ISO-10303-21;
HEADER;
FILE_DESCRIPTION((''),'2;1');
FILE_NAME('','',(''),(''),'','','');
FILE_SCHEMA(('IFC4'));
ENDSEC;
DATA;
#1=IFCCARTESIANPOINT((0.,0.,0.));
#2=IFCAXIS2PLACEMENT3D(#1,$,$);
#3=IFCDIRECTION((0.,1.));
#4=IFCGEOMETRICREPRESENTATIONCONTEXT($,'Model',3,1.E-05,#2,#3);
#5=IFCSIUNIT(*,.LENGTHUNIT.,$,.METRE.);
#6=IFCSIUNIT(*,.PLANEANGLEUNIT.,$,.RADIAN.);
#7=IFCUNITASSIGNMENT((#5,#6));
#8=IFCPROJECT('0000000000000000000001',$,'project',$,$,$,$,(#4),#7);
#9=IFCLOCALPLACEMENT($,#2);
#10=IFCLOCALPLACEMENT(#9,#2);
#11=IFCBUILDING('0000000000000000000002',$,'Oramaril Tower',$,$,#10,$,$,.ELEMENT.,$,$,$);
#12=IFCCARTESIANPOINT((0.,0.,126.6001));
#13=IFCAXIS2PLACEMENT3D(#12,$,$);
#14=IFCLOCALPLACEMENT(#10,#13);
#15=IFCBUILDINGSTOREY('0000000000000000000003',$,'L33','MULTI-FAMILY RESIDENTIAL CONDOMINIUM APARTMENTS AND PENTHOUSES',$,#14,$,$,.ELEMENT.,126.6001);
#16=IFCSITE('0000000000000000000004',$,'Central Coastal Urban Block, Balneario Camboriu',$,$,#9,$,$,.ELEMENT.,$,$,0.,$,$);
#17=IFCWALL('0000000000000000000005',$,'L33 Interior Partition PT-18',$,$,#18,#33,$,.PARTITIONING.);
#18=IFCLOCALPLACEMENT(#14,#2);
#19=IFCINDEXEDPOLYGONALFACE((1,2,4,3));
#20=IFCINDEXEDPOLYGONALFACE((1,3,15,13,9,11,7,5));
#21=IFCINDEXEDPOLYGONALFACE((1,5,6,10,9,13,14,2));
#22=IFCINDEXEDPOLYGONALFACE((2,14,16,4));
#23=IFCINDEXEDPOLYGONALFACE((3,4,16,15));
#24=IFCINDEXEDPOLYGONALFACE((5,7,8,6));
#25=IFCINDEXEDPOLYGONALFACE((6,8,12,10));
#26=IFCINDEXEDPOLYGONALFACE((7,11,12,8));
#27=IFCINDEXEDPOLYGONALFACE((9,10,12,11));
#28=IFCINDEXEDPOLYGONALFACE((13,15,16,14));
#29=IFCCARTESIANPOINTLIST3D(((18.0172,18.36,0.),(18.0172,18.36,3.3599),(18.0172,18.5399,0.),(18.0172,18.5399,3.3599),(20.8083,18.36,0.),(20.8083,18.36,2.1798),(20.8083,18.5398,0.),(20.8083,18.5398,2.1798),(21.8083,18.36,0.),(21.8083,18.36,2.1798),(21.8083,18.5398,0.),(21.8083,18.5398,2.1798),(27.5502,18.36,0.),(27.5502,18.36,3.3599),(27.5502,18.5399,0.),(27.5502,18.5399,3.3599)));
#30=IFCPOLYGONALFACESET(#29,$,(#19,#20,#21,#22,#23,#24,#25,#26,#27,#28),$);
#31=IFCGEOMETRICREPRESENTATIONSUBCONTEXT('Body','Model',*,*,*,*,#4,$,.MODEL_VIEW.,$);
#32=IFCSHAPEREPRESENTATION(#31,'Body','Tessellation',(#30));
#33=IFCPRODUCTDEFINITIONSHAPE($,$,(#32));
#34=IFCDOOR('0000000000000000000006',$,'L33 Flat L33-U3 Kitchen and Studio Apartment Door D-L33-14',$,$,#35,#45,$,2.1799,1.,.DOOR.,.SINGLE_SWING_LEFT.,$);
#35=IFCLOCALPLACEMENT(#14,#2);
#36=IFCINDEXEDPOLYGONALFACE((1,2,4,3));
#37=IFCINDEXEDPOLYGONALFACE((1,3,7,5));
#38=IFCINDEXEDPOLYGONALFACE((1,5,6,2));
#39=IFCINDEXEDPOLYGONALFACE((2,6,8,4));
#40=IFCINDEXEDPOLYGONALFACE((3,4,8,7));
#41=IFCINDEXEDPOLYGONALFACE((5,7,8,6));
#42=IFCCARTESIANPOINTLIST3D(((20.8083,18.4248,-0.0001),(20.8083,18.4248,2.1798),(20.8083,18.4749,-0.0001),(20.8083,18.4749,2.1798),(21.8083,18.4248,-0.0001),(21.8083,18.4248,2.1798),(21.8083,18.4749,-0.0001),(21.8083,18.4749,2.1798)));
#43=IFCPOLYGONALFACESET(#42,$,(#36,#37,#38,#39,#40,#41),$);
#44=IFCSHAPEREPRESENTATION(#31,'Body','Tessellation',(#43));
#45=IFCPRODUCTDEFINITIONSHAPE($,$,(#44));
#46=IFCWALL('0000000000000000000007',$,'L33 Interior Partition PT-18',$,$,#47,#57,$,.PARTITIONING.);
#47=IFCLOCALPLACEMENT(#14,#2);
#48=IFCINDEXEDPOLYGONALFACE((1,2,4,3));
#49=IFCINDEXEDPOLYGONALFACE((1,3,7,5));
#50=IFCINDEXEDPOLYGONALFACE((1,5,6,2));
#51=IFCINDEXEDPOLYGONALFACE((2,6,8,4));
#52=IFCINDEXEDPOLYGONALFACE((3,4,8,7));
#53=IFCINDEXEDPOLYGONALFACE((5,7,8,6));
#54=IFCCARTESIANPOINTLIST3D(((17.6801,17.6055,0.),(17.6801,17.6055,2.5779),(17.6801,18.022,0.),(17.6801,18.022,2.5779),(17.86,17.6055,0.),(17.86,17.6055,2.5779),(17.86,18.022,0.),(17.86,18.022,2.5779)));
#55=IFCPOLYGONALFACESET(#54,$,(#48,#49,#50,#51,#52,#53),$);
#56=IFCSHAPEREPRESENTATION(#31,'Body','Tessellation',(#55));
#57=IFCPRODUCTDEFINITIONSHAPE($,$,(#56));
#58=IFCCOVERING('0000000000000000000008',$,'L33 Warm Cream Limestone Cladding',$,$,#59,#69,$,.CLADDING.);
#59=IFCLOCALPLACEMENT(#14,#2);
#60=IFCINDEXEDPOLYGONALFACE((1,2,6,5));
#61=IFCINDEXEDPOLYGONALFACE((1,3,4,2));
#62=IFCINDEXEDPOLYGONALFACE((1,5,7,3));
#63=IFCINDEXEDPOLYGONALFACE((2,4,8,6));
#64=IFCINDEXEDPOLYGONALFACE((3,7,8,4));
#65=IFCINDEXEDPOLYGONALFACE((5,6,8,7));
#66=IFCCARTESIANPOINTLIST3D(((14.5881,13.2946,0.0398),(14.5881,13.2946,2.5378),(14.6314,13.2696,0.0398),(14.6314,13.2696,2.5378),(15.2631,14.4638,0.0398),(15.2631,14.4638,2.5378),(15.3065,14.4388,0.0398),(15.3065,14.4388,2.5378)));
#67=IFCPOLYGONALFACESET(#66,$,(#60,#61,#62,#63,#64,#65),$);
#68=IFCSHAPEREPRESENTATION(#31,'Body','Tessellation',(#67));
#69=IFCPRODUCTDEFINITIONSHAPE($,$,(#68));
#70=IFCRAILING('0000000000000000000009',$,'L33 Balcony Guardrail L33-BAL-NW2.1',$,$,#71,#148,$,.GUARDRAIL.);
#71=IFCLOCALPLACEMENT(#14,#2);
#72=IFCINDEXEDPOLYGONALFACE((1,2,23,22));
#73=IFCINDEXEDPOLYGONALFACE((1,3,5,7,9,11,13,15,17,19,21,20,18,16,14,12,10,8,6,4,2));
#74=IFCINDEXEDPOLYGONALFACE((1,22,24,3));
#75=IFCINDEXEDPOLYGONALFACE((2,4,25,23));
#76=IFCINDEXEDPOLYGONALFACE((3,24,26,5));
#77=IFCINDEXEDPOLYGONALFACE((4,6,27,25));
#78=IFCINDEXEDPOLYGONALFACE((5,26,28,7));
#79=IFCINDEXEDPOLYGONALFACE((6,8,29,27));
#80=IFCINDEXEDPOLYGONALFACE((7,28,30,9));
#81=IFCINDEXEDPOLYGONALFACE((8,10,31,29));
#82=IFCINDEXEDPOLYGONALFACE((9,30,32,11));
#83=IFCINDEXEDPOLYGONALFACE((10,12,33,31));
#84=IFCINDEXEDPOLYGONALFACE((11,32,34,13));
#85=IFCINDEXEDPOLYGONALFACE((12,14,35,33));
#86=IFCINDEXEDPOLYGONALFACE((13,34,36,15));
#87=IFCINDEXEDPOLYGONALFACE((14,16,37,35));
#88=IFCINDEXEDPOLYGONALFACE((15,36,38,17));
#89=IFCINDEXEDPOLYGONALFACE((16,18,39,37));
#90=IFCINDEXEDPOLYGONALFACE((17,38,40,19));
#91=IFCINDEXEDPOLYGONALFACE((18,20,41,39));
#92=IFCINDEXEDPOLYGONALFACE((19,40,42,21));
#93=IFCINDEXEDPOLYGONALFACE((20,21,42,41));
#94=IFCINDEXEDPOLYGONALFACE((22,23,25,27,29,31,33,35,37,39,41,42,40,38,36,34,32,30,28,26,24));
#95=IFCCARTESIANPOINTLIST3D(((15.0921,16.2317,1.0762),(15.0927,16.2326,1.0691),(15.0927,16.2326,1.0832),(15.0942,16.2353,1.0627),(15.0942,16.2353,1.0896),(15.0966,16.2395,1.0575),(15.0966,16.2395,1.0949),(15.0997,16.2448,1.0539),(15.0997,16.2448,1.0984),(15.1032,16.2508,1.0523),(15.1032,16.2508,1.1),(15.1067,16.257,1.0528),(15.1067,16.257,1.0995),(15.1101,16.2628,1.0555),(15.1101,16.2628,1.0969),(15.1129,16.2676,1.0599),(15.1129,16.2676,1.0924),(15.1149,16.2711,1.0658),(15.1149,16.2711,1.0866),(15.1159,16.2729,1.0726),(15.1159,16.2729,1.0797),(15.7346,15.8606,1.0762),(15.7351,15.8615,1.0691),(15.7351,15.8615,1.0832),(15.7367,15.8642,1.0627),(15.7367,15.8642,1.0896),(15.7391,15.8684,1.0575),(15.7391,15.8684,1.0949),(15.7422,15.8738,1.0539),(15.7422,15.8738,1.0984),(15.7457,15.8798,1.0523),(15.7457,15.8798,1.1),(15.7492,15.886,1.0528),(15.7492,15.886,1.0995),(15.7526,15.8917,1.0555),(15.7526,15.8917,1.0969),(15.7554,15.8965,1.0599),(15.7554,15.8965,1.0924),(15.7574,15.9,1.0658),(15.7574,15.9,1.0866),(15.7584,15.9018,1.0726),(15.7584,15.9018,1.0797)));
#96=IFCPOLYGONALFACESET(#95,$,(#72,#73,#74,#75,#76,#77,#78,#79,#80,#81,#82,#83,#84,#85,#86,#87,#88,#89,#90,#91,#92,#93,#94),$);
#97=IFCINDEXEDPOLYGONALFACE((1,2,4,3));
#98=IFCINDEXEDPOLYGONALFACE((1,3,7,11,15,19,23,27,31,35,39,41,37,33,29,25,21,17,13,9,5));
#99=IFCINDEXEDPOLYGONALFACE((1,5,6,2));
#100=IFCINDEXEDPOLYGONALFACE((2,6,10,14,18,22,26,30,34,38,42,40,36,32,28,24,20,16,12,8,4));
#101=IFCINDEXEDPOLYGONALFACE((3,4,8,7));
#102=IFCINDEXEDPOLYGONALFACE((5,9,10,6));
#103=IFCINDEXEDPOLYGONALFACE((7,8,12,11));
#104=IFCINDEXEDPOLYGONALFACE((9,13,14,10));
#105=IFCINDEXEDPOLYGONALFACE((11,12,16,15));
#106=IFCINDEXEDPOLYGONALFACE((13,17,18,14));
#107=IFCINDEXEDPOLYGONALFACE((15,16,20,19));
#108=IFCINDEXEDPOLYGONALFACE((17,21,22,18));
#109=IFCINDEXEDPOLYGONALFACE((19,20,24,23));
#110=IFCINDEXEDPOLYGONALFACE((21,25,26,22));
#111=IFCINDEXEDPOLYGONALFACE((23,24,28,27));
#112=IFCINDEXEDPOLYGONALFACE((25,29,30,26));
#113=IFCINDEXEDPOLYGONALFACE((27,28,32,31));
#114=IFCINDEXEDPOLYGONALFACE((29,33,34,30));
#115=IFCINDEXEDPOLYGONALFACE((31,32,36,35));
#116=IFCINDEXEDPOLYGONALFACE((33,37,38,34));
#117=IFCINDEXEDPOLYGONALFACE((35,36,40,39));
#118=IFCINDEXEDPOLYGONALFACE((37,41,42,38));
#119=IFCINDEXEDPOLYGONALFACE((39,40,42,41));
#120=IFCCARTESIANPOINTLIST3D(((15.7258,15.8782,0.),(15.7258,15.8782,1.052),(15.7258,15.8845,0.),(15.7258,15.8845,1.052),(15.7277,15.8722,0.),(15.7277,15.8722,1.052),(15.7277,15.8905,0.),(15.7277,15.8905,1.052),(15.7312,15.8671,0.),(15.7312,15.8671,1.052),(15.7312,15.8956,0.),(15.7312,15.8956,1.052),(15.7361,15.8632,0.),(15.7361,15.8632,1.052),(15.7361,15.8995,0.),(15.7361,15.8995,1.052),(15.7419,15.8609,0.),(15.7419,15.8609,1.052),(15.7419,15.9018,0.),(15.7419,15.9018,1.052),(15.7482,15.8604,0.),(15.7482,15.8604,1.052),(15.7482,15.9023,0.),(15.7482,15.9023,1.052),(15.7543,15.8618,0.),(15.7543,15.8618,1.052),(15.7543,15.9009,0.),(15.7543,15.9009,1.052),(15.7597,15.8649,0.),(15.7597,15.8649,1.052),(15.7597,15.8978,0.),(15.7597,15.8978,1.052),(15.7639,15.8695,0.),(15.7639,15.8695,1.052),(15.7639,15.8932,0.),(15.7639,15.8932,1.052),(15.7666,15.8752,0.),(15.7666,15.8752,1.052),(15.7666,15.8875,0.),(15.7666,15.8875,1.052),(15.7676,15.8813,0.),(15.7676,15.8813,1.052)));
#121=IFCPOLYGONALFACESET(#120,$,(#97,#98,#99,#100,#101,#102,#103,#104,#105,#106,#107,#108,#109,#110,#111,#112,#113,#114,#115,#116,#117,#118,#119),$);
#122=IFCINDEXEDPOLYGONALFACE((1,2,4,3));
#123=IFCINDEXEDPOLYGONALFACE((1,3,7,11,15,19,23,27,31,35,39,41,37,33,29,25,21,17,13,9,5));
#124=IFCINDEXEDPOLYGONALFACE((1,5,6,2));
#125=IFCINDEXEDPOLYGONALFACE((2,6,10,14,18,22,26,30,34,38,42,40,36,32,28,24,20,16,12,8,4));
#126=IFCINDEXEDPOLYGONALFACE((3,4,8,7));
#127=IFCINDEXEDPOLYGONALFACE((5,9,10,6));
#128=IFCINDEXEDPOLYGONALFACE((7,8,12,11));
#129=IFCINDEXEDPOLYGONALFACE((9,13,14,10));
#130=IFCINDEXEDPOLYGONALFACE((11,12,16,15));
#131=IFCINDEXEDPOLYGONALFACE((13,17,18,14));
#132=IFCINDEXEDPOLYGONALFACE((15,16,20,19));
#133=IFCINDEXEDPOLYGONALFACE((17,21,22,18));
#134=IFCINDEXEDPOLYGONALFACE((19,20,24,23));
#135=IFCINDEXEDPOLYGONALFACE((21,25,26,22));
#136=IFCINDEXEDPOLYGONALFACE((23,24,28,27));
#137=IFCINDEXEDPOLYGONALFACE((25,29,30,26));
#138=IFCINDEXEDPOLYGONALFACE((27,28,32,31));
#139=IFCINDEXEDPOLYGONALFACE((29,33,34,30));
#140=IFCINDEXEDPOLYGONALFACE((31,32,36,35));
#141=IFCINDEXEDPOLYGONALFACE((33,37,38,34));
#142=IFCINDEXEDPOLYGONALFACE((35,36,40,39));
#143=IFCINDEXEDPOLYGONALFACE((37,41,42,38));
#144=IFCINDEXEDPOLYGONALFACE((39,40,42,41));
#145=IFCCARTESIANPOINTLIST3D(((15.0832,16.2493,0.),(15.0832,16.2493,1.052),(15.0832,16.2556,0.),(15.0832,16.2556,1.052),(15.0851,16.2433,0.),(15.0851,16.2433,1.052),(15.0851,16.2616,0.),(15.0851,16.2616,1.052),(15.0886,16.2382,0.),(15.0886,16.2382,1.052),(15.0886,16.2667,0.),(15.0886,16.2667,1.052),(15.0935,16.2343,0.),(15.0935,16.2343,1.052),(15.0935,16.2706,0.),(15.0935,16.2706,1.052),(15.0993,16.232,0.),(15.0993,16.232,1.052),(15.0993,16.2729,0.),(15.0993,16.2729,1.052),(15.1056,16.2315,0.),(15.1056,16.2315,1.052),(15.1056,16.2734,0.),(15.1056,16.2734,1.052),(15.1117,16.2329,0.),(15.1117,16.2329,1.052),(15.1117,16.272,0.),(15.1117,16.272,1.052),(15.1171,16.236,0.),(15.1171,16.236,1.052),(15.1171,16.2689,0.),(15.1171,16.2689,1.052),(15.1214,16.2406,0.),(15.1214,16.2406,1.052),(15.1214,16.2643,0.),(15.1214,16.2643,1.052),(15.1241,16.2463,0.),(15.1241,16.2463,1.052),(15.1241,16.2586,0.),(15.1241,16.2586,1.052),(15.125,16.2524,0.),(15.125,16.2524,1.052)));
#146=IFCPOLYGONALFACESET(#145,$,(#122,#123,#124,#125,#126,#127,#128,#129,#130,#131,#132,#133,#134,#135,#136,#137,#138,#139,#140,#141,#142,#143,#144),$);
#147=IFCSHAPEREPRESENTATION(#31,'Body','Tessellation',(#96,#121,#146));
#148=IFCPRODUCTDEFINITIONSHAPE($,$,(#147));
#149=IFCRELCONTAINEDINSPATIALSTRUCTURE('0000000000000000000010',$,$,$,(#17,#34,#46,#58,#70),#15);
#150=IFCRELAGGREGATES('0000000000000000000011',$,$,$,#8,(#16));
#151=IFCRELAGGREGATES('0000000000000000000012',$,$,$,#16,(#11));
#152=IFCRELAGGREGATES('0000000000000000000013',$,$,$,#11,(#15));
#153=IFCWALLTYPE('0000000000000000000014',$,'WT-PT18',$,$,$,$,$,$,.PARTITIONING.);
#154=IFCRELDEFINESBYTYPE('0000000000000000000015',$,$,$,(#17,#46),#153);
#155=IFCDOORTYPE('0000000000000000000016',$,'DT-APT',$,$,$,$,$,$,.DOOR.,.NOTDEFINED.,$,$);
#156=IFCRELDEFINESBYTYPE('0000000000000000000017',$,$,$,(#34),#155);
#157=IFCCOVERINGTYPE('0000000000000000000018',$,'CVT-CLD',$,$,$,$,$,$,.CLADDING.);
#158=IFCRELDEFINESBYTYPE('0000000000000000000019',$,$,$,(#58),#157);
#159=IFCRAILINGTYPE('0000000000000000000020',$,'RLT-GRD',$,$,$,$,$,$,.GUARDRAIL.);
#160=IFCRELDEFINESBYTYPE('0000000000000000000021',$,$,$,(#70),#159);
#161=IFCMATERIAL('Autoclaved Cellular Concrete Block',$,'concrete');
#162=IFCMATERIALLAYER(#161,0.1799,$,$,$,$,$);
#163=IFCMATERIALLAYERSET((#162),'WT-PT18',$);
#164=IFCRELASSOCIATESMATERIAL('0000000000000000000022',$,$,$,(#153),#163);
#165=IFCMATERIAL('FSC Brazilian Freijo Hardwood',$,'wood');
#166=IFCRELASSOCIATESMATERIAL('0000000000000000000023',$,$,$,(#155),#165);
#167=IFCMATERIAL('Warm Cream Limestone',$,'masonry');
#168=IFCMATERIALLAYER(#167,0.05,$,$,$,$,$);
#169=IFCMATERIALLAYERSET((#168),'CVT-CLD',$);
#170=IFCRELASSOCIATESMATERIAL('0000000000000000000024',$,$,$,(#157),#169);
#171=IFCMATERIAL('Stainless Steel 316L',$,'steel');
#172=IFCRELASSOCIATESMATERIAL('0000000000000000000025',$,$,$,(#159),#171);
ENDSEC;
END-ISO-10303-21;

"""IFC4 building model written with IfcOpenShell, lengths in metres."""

from ifc_helpers import new_model, si_unit, direction, frame, frame_2d, origin, origin_2d, place, context, subcontext, project, spatial, rectangle, circle, extrude, material, layer, layer_set, type_object, element, fill, save


model = new_model("IFC4")

# Units and contexts
model_context = context("Model", 3, precision=1e-05, world=origin(), true_north=direction((0.0, 1.0)))
body_context = subcontext(model_context, "Body", "Model", "MODEL_VIEW")
ifc_project = project(units=[si_unit("LENGTHUNIT", "METRE"), si_unit("PLANEANGLEUNIT", "RADIAN")], contexts=[model_context])

# Site, building, storey
site_placement = place(None, origin())
site = spatial("IfcSite", under=ifc_project, at=site_placement, Name="Central Coastal Urban Block, Balneario Camboriu", CompositionType="ELEMENT", RefElevation=0.0)
building_placement = place(site_placement, origin())
building = spatial("IfcBuilding", under=site, at=building_placement, Name="Oramaril Tower", CompositionType="ELEMENT")
storey_placement = place(building_placement, frame((0.0, 0.0, 126.6001)))
storey = spatial("IfcBuildingStorey", under=building, at=storey_placement, Name="L33", Description="MULTI-FAMILY RESIDENTIAL CONDOMINIUM APARTMENTS AND PENTHOUSES", CompositionType="ELEMENT", Elevation=126.6001)

# Shared definitions
ifc_material_1 = material(Name="Autoclaved Cellular Concrete Block", Category="concrete")
ifc_layer_1 = layer(ifc_material_1, 0.1799)
ifc_layer_set_1 = layer_set([ifc_layer_1], Name="WT-PT18")
wall_type_1 = type_object("IfcWallType", Name="WT-PT18", PredefinedType="PARTITIONING", material=ifc_layer_set_1)

# Wall, opening, door
wall_1_placement = place(storey_placement, frame((18.0171, 18.45, 0.0), z_axis=(0.0, 0.0, 1.0), x_axis=(1.0, 0.0, 0.0)))
wall_1 = element("IfcWall", 1, at=wall_1_placement, inside=storey, type_object=wall_type_1, Name="L33 Interior Partition PT-18", PredefinedType="PARTITIONING", context=body_context, shape_type="SweptSolid", body=[
    extrude(rectangle(XDim=9.533, YDim=0.1799, at=frame_2d((4.7666, 0.0))), origin(), (0.0, 0.0, 1.0), 3.3599),
])
opening_placement = place(wall_1_placement, frame((2.7913, 0.0, 0.0)))
opening = element("IfcOpeningElement", 2, at=opening_placement, cuts=wall_1, PredefinedType="OPENING", context=body_context, shape_type="SweptSolid", body=[
    extrude(rectangle(XDim=1.0, YDim=2.1799, at=frame_2d((0.5, 1.0898))), frame((0.0, 0.0898, 0.0), z_axis=(0.0, -1.0, 0.0), x_axis=(1.0, 0.0, 0.0)), (0.0, 0.0, 1.0), 0.1799),
])
ifc_material_2 = material(Name="FSC Brazilian Freijo Hardwood", Category="wood")
door_type = type_object("IfcDoorType", Name="DT-APT", OperationType="NOTDEFINED", PredefinedType="DOOR", material=ifc_material_2)
door_placement = place(opening_placement, origin())
door = element("IfcDoor", 3, at=door_placement, inside=storey, type_object=door_type, Name="L33 Flat L33-U3 Kitchen and Studio Apartment Door D-L33-14", OperationType="SINGLE_SWING_LEFT", OverallHeight=2.1799, OverallWidth=1.0, PredefinedType="DOOR", context=body_context, shape_type="SweptSolid", body=[
    extrude(rectangle(XDim=1.0, YDim=2.1799, at=frame_2d((0.5, 1.0898))), frame((0.0, 0.0249, 0.0), z_axis=(0.0, -1.0, 0.0), x_axis=(1.0, 0.0, 0.0)), (0.0, 0.0, 1.0), 0.05),
])
fill(opening, door)

# Wall
wall_2_placement = place(storey_placement, frame((17.77, 17.6055, 0.0), z_axis=(0.0, 0.0, 1.0), x_axis=(0.0, 1.0, 0.0)))
element("IfcWall", 4, at=wall_2_placement, inside=storey, type_object=wall_type_1, Name="L33 Interior Partition PT-18", PredefinedType="PARTITIONING", context=body_context, shape_type="SweptSolid", body=[
    extrude(rectangle(XDim=0.4165, YDim=0.1799, at=frame_2d((0.2083, 0.0))), origin(), (0.0, 0.0, 1.0), 2.5779),
])

# Covering
ifc_material_3 = material(Name="Warm Cream Limestone", Category="masonry")
ifc_layer_2 = layer(ifc_material_3, 0.05)
ifc_layer_set_2 = layer_set([ifc_layer_2], Name="CVT-CLD")
covering_type = type_object("IfcCoveringType", Name="CVT-CLD", PredefinedType="CLADDING", material=ifc_layer_set_2)
covering_placement = place(storey_placement, frame((14.9473, 13.8667, 0.0398), z_axis=(0.0, 0.0, 1.0), x_axis=(-0.499998, -0.866026, 0.0)))
element("IfcCovering", 5, at=covering_placement, inside=storey, type_object=covering_type, Name="L33 Warm Cream Limestone Cladding", PredefinedType="CLADDING", context=body_context, shape_type="SweptSolid", body=[
    extrude(rectangle(XDim=1.3501, YDim=0.05, at=origin_2d()), origin(), (0.0, 0.0, 1.0), 2.498),
])

# Railing
ifc_material_4 = material(Name="Stainless Steel 316L", Category="steel")
railing_type = type_object("IfcRailingType", Name="RLT-GRD", PredefinedType="GUARDRAIL", material=ifc_material_4)
railing_1_placement = place(storey_placement, frame((15.7466, 15.8813, 0.0)))
element("IfcRailing", 6, at=railing_1_placement, inside=storey, type_object=railing_type, Name="L33 Balcony Guardrail L33-BAL-NW2.1", PredefinedType="GUARDRAIL", context=body_context, shape_type="SweptSolid", body=[
    extrude(circle(Radius=0.0239, at=origin_2d()), frame((0.0, 0.0, 1.0762), z_axis=(-0.865966, 0.500102, 0.0), x_axis=(-0.500102, -0.865966, 0.0)), (0.0, 0.0, 1.0), 0.7419),
    extrude(circle(Radius=0.021, at=origin_2d()), origin(), (0.0, 0.0, 1.0), 1.052),
    extrude(circle(Radius=0.021, at=origin_2d()), frame((-0.6426, 0.3711, 0.0)), (0.0, 0.0, 1.0), 1.052),
])

save(model, "model.ifc")
